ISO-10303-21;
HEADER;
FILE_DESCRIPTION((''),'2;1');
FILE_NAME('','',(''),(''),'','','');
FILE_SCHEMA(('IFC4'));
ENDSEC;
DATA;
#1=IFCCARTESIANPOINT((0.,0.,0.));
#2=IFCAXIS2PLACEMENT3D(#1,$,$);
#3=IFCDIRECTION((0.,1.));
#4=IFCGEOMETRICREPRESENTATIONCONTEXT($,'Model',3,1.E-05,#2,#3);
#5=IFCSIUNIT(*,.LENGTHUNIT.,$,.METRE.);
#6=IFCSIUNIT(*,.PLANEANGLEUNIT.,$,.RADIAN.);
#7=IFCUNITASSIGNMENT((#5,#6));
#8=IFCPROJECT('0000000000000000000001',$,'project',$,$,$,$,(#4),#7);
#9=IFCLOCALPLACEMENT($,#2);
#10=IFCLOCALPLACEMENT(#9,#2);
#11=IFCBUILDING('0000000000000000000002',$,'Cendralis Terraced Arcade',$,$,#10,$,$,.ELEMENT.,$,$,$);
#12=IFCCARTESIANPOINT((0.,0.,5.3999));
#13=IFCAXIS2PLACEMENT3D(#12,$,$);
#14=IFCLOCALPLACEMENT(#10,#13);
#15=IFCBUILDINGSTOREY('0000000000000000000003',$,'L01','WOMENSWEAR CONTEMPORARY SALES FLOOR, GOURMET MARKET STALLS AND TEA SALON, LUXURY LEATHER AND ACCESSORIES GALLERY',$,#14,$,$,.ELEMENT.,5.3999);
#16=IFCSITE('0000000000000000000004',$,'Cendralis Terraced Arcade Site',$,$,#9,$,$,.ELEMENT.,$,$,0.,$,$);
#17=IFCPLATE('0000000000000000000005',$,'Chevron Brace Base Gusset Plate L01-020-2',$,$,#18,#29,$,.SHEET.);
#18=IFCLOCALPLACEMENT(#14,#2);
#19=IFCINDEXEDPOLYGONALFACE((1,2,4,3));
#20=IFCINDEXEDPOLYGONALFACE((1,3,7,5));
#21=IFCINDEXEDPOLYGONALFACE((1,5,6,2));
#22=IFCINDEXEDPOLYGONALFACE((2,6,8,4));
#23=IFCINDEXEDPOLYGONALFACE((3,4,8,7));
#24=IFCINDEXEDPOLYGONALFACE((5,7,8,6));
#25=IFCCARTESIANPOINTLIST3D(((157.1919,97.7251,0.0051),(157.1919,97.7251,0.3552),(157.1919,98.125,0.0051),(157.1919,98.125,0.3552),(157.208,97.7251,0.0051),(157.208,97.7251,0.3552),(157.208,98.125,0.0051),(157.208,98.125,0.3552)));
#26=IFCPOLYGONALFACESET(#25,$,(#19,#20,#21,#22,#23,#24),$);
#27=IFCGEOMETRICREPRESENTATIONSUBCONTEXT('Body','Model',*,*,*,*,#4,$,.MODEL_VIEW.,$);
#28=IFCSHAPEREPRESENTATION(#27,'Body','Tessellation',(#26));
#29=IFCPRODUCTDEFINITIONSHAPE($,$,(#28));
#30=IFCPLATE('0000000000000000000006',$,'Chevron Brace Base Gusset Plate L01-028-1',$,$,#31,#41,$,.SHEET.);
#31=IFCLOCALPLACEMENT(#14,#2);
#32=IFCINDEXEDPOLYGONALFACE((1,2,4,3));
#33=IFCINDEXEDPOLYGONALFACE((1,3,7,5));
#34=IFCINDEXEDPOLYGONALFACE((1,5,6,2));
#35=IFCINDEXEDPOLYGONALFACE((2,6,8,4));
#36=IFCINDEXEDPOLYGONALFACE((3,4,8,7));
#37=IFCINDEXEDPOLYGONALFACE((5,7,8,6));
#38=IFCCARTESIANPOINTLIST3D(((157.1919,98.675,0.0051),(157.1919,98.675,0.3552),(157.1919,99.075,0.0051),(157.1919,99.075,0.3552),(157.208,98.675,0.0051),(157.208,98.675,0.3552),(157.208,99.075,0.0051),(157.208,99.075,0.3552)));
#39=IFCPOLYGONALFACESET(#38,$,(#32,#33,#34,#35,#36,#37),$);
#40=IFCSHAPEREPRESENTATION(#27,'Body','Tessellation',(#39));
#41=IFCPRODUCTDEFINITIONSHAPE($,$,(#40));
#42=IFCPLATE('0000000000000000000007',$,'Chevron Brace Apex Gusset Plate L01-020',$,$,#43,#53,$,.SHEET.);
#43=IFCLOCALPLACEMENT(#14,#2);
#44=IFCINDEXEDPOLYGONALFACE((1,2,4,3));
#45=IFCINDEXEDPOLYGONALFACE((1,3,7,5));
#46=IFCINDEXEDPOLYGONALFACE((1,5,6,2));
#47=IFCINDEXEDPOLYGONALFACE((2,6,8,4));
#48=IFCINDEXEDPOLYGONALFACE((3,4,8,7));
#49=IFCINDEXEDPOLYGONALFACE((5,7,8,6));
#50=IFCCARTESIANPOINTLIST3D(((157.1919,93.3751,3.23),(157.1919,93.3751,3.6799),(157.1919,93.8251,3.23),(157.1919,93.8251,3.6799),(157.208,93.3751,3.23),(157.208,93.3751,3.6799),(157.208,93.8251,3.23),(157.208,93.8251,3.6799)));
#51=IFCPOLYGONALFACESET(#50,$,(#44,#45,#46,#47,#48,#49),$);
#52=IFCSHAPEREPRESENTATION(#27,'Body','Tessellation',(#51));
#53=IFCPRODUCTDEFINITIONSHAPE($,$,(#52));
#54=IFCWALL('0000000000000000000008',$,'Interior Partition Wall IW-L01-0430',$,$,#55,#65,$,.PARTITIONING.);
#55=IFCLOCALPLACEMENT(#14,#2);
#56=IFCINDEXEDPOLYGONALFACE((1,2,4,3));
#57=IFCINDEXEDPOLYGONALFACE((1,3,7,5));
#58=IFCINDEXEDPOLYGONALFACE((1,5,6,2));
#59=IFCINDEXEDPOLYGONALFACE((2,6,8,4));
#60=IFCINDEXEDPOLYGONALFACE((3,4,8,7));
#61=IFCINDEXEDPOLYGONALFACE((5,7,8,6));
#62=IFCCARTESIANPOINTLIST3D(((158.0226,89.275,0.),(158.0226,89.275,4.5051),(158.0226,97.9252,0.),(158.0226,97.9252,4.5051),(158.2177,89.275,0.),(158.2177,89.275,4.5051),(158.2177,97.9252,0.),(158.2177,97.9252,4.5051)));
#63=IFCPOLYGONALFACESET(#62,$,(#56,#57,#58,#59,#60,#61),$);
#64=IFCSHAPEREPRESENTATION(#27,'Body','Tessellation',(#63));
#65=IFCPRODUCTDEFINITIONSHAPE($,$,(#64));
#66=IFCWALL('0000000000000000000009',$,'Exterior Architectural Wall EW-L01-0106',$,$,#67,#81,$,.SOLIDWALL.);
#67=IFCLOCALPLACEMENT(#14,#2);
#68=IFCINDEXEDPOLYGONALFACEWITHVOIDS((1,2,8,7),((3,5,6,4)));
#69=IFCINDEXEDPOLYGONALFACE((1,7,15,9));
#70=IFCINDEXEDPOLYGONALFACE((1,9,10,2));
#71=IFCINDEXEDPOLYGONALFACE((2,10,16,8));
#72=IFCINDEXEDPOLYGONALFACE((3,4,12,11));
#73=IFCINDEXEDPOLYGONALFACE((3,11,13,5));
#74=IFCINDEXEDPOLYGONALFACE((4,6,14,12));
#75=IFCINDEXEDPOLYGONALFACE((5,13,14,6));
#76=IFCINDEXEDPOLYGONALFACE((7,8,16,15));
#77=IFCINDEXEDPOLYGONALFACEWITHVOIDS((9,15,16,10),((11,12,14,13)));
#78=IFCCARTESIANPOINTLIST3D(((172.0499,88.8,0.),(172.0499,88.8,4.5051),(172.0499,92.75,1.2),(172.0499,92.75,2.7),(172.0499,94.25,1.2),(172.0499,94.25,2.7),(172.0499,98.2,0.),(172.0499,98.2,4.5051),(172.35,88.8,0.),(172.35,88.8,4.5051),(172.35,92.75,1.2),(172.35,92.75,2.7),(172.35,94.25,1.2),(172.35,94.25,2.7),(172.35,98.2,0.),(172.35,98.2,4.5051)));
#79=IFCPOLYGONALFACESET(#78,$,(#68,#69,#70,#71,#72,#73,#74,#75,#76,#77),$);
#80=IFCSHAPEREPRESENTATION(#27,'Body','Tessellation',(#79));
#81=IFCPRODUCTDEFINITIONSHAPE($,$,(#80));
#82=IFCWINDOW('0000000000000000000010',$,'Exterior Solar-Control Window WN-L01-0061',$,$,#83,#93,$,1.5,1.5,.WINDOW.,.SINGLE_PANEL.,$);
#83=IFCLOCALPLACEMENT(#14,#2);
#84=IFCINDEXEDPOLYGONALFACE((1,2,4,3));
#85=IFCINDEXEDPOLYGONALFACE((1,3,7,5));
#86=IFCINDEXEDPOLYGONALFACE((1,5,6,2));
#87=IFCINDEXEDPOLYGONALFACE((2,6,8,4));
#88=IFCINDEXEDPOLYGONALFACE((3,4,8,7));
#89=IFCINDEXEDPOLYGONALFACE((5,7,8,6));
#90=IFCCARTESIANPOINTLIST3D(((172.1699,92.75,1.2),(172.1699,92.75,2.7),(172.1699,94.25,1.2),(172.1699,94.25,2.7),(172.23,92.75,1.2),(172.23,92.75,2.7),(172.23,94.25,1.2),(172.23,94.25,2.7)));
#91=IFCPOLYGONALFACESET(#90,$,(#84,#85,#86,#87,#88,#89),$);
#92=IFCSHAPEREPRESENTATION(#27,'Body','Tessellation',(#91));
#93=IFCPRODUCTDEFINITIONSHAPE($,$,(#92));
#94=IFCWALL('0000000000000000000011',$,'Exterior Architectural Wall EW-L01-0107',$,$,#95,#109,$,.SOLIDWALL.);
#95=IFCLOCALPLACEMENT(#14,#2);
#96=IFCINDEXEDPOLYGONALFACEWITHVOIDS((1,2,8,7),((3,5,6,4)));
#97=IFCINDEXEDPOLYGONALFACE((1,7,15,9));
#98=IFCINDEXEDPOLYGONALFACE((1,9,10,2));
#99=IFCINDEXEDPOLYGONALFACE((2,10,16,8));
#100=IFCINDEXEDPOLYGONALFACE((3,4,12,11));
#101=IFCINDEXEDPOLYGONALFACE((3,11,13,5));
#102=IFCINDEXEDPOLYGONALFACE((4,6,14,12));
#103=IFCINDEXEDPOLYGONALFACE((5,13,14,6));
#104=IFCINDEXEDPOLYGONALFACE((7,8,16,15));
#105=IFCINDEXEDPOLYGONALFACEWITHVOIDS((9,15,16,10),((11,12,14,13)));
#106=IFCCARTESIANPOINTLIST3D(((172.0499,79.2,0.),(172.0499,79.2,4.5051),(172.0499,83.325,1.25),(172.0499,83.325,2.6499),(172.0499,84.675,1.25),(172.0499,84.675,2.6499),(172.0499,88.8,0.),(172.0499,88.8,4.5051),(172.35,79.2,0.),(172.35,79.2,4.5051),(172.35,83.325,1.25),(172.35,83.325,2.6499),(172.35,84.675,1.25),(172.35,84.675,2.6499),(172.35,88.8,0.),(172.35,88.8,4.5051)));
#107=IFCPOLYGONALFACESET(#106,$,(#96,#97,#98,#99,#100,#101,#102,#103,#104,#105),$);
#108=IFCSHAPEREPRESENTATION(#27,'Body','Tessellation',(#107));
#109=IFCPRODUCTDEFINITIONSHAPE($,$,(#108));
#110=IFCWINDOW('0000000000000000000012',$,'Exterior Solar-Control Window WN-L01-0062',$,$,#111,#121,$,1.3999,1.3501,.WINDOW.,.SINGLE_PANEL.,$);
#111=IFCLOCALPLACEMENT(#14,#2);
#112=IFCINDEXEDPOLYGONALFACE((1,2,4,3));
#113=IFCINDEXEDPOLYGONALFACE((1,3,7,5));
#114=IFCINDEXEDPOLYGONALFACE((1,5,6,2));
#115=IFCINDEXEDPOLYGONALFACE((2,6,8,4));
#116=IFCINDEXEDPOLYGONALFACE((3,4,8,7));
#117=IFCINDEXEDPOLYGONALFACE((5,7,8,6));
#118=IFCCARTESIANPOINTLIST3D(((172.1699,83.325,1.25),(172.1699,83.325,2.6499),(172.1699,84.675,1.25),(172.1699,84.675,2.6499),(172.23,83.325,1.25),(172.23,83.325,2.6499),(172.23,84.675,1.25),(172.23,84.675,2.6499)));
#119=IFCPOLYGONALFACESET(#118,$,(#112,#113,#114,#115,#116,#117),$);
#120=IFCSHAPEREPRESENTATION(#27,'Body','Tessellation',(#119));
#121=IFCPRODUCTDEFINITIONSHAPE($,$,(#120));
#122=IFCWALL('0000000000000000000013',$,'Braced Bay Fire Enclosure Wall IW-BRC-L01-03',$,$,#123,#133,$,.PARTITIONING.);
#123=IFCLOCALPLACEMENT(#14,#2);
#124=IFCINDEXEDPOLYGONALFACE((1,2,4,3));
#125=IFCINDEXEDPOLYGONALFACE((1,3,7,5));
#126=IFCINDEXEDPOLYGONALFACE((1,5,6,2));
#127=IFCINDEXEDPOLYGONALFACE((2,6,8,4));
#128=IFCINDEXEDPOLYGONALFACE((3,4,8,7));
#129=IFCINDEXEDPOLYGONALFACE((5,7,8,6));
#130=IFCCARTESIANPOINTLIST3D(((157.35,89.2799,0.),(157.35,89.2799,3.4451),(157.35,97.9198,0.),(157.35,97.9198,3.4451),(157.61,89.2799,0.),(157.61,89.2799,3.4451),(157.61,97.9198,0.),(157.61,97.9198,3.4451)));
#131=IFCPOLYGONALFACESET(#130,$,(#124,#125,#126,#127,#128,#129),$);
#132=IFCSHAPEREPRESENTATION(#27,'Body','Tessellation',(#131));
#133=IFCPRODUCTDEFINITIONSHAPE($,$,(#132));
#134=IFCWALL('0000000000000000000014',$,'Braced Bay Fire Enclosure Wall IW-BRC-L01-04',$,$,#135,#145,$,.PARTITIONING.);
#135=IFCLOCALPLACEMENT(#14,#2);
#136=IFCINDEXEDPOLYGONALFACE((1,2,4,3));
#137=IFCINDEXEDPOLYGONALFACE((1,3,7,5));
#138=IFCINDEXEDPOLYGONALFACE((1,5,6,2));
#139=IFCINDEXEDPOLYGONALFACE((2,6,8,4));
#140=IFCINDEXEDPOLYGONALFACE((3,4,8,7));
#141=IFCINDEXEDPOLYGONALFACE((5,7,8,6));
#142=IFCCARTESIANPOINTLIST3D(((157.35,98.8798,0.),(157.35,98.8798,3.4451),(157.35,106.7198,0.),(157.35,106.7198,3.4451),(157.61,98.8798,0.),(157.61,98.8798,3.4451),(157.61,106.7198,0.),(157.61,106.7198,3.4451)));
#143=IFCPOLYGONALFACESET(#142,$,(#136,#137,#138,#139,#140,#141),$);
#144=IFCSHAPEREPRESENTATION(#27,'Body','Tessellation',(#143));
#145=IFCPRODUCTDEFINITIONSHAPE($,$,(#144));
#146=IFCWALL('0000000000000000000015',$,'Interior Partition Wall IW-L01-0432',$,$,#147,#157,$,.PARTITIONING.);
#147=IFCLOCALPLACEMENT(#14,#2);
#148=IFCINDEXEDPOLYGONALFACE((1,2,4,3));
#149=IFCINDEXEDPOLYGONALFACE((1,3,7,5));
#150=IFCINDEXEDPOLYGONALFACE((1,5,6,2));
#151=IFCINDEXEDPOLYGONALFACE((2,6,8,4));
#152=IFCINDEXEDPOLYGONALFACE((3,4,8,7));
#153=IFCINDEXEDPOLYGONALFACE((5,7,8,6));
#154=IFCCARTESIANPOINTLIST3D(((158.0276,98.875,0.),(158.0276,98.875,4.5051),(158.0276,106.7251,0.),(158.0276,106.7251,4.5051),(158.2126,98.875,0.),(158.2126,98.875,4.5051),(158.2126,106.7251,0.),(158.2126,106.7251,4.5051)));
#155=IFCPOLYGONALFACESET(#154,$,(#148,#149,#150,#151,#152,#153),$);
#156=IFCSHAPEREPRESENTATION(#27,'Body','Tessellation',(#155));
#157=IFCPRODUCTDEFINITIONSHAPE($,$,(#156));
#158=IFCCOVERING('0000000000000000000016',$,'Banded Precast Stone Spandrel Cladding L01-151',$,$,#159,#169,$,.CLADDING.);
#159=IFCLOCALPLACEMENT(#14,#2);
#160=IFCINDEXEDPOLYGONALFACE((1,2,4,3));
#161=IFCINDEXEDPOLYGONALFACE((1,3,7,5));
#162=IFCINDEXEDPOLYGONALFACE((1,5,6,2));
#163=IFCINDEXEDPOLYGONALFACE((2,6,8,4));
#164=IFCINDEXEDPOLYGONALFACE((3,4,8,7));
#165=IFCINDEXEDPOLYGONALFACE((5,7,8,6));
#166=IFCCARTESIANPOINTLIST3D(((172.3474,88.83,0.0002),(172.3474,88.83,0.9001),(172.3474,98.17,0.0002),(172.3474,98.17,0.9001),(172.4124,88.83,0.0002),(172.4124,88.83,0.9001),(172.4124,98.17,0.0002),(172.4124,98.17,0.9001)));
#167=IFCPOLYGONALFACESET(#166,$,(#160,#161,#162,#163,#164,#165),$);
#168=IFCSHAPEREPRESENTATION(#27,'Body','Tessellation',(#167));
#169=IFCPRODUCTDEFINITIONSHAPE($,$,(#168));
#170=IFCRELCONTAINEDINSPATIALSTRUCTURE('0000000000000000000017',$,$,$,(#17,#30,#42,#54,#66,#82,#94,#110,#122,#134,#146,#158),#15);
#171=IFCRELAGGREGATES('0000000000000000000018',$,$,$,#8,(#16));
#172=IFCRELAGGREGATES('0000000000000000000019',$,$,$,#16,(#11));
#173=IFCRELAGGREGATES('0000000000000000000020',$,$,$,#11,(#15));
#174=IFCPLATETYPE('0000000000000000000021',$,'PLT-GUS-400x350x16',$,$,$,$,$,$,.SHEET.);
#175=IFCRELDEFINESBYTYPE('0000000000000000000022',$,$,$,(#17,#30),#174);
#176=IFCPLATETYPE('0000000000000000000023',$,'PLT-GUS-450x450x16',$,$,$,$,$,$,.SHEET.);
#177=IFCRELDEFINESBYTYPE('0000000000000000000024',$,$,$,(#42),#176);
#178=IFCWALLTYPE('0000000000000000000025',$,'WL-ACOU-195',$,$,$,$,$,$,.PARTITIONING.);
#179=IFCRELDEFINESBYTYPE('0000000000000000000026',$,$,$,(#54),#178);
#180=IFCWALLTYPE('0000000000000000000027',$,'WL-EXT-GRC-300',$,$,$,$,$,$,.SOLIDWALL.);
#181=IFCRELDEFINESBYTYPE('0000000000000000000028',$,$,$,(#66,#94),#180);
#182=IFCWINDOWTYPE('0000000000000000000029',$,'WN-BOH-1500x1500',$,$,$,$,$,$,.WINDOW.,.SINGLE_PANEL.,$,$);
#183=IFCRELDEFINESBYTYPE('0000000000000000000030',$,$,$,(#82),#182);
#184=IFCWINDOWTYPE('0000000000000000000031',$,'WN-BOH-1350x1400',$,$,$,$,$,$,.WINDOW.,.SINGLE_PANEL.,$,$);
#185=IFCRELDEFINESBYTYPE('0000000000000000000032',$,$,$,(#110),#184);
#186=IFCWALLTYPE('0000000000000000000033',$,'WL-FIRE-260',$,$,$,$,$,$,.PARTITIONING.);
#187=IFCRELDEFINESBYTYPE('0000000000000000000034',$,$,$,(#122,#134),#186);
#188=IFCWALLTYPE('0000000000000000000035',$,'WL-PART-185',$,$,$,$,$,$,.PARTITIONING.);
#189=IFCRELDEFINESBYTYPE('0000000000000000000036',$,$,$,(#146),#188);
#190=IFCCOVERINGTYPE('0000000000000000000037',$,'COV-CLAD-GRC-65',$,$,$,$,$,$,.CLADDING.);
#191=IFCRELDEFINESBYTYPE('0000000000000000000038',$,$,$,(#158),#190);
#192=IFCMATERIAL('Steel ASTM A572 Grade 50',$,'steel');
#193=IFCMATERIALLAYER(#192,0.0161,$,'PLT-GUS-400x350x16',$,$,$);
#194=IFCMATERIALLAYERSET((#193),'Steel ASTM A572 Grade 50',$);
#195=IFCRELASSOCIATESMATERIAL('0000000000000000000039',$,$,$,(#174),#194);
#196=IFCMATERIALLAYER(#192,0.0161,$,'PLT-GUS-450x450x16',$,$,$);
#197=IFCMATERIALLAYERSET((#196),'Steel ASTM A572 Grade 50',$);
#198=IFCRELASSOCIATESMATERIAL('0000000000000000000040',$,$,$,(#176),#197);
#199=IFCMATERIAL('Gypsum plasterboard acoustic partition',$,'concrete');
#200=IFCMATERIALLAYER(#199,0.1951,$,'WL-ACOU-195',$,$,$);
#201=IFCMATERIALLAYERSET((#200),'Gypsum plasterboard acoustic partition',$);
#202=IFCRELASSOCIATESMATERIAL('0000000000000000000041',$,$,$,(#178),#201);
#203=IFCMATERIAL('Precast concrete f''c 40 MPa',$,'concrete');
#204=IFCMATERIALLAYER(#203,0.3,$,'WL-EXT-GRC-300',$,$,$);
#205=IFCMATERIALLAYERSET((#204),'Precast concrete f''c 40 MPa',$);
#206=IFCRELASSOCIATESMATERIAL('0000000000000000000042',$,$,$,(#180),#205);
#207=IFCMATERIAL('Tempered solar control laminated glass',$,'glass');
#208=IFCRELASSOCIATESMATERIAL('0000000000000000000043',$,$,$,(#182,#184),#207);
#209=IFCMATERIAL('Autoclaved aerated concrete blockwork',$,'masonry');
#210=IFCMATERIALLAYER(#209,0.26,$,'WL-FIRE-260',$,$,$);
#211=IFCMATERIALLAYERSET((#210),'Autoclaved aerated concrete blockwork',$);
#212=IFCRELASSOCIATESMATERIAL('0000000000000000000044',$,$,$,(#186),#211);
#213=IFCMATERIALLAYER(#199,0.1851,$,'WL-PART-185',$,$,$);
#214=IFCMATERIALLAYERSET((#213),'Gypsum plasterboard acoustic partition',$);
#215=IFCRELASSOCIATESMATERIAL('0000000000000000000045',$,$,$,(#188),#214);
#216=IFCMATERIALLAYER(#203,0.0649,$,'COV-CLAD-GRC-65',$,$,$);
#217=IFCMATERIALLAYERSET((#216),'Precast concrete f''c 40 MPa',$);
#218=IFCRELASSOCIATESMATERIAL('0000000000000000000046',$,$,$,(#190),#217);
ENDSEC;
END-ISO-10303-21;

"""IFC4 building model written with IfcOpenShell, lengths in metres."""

from ifc_helpers import new_model, si_unit, direction, frame, frame_2d, origin, origin_2d, place, context, subcontext, project, spatial, rectangle, extrude, material, layer, layer_set, type_object, element, fill, save


model = new_model("IFC4")

# Units and contexts
model_context = context("Model", 3, precision=1e-05, world=origin(), true_north=direction((0.0, 1.0)))
body_context = subcontext(model_context, "Body", "Model", "MODEL_VIEW")
ifc_project = project(units=[si_unit("LENGTHUNIT", "METRE"), si_unit("PLANEANGLEUNIT", "RADIAN")], contexts=[model_context])

# Site, building, storey
site_placement = place(None, origin())
site = spatial("IfcSite", under=ifc_project, at=site_placement, Name="Cendralis Terraced Arcade Site", CompositionType="ELEMENT", RefElevation=0.0)
building_placement = place(site_placement, origin())
building = spatial("IfcBuilding", under=site, at=building_placement, Name="Cendralis Terraced Arcade", CompositionType="ELEMENT")
storey_placement = place(building_placement, frame((0.0, 0.0, 5.3999)))
storey = spatial("IfcBuildingStorey", under=building, at=storey_placement, Name="L01", Description="WOMENSWEAR CONTEMPORARY SALES FLOOR, GOURMET MARKET STALLS AND TEA SALON, LUXURY LEATHER AND ACCESSORIES GALLERY", CompositionType="ELEMENT", Elevation=5.3999)

# Shared definitions
ifc_material_1 = material(Name="Steel ASTM A572 Grade 50", Category="steel")

# Shared definitions
ifc_material_2 = material(Name="Tempered solar control laminated glass", Category="glass")

# Plates
ifc_layer_1 = layer(ifc_material_1, 0.0161, Name="PLT-GUS-400x350x16")
ifc_layer_set_1 = layer_set([ifc_layer_1], Name="Steel ASTM A572 Grade 50")
plate_type_1 = type_object("IfcPlateType", Name="PLT-GUS-400x350x16", PredefinedType="SHEET", material=ifc_layer_set_1)
for number, where, z_axis, x_axis, name in (
    (1, (157.2, 97.925, 0.0051), (0.0, 0.0, 1.0), (0.0, 1.0, 0.0), "Chevron Brace Base Gusset Plate L01-020-2"),
    (2, (157.2, 98.875, 0.0051), (0.0, 0.0, 1.0), (0.0, 1.0, 0.0), "Chevron Brace Base Gusset Plate L01-028-1"),
):
    element("IfcPlate", number, at=place(storey_placement, frame(where, z_axis=z_axis, x_axis=x_axis)), inside=storey, type_object=plate_type_1, Name=name, PredefinedType="SHEET", context=body_context, shape_type="SweptSolid", body=[
        extrude(rectangle(XDim=0.3999, YDim=0.0161, at=origin_2d()), origin(), (0.0, 0.0, 1.0), 0.3501),
    ])
ifc_layer_2 = layer(ifc_material_1, 0.0161, Name="PLT-GUS-450x450x16")
ifc_layer_set_2 = layer_set([ifc_layer_2], Name="Steel ASTM A572 Grade 50")
plate_type_2 = type_object("IfcPlateType", Name="PLT-GUS-450x450x16", PredefinedType="SHEET", material=ifc_layer_set_2)
plate_1_placement = place(storey_placement, frame((157.2, 93.6001, 3.23), z_axis=(0.0, 0.0, 1.0), x_axis=(0.0, 1.0, 0.0)))
element("IfcPlate", 3, at=plate_1_placement, inside=storey, type_object=plate_type_2, Name="Chevron Brace Apex Gusset Plate L01-020", PredefinedType="SHEET", context=body_context, shape_type="SweptSolid", body=[
    extrude(rectangle(XDim=0.45, YDim=0.0161, at=origin_2d()), origin(), (0.0, 0.0, 1.0), 0.45),
])

# Wall
ifc_material_3 = material(Name="Gypsum plasterboard acoustic partition", Category="concrete")
ifc_layer_3 = layer(ifc_material_3, 0.1951, Name="WL-ACOU-195")
ifc_layer_set_3 = layer_set([ifc_layer_3], Name="Gypsum plasterboard acoustic partition")
wall_type_1 = type_object("IfcWallType", Name="WL-ACOU-195", PredefinedType="PARTITIONING", material=ifc_layer_set_3)
wall_1_placement = place(storey_placement, frame((158.1201, 89.2749, 0.0), z_axis=(0.0, 0.0, 1.0), x_axis=(0.0, 1.0, 0.0)))
element("IfcWall", 4, at=wall_1_placement, inside=storey, type_object=wall_type_1, Name="Interior Partition Wall IW-L01-0430", PredefinedType="PARTITIONING", context=body_context, shape_type="SweptSolid", body=[
    extrude(rectangle(XDim=8.6501, YDim=0.1951, at=frame_2d((4.3252, 0.0))), origin(), (0.0, 0.0, 1.0), 4.5051),
])

# Walls, openings, windows
ifc_material_4 = material(Name="Precast concrete f'c 40 MPa", Category="concrete")
ifc_layer_4 = layer(ifc_material_4, 0.3, Name="WL-EXT-GRC-300")
ifc_layer_set_4 = layer_set([ifc_layer_4], Name="Precast concrete f'c 40 MPa")
wall_type_2 = type_object("IfcWallType", Name="WL-EXT-GRC-300", PredefinedType="SOLIDWALL", material=ifc_layer_set_4)
wall_2_placement = place(storey_placement, frame((172.2, 98.2, 0.0), z_axis=(0.0, 0.0, 1.0), x_axis=(0.0, -1.0, 0.0)))
wall_2 = element("IfcWall", 5, at=wall_2_placement, inside=storey, type_object=wall_type_2, Name="Exterior Architectural Wall EW-L01-0106", PredefinedType="SOLIDWALL", context=body_context, shape_type="SweptSolid", body=[
    extrude(rectangle(XDim=9.3999, YDim=0.3, at=frame_2d((4.7, 0.0))), origin(), (0.0, 0.0, 1.0), 4.5051),
])
opening_1_placement = place(wall_2_placement, frame((3.95, 0.0, 1.2)))
opening_1 = element("IfcOpeningElement", 6, at=opening_1_placement, cuts=wall_2, PredefinedType="OPENING", context=body_context, shape_type="SweptSolid", body=[
    extrude(rectangle(XDim=1.5, YDim=1.5, at=frame_2d((0.75, 0.75))), frame((0.0, 0.1621, 0.0), z_axis=(0.0, -1.0, 0.0), x_axis=(1.0, 0.0, 0.0)), (0.0, 0.0, 1.0), 0.324),
])
window_type_1 = type_object("IfcWindowType", Name="WN-BOH-1500x1500", PartitioningType="SINGLE_PANEL", PredefinedType="WINDOW", material=ifc_material_2)
window_1_placement = place(opening_1_placement, origin())
window_1 = element("IfcWindow", 7, at=window_1_placement, inside=storey, type_object=window_type_1, Name="Exterior Solar-Control Window WN-L01-0061", OverallHeight=1.5, OverallWidth=1.5, PartitioningType="SINGLE_PANEL", PredefinedType="WINDOW", context=body_context, shape_type="SweptSolid", body=[
    extrude(rectangle(XDim=1.5, YDim=1.5, at=frame_2d((0.75, 0.75))), frame((0.0, 0.03, 0.0), z_axis=(0.0, -1.0, 0.0), x_axis=(1.0, 0.0, 0.0)), (0.0, 0.0, 1.0), 0.0601),
])
fill(opening_1, window_1)
wall_3_placement = place(storey_placement, frame((172.2, 88.8, 0.0), z_axis=(0.0, 0.0, 1.0), x_axis=(0.0, -1.0, 0.0)))
wall_3 = element("IfcWall", 8, at=wall_3_placement, inside=storey, type_object=wall_type_2, Name="Exterior Architectural Wall EW-L01-0107", PredefinedType="SOLIDWALL", context=body_context, shape_type="SweptSolid", body=[
    extrude(rectangle(XDim=9.6001, YDim=0.3, at=frame_2d((4.8, 0.0))), origin(), (0.0, 0.0, 1.0), 4.5051),
])
opening_2_placement = place(wall_3_placement, frame((4.125, 0.0, 1.25)))
opening_2 = element("IfcOpeningElement", 9, at=opening_2_placement, cuts=wall_3, PredefinedType="OPENING", context=body_context, shape_type="SweptSolid", body=[
    extrude(rectangle(XDim=1.3501, YDim=1.3999, at=frame_2d((0.675, 0.7))), frame((0.0, 0.1621, 0.0), z_axis=(0.0, -1.0, 0.0), x_axis=(1.0, 0.0, 0.0)), (0.0, 0.0, 1.0), 0.324),
])
window_type_2 = type_object("IfcWindowType", Name="WN-BOH-1350x1400", PartitioningType="SINGLE_PANEL", PredefinedType="WINDOW", material=ifc_material_2)
window_2_placement = place(opening_2_placement, origin())
window_2 = element("IfcWindow", 10, at=window_2_placement, inside=storey, type_object=window_type_2, Name="Exterior Solar-Control Window WN-L01-0062", OverallHeight=1.3999, OverallWidth=1.3501, PartitioningType="SINGLE_PANEL", PredefinedType="WINDOW", context=body_context, shape_type="SweptSolid", body=[
    extrude(rectangle(XDim=1.3501, YDim=1.3999, at=frame_2d((0.675, 0.7))), frame((0.0, 0.03, 0.0), z_axis=(0.0, -1.0, 0.0), x_axis=(1.0, 0.0, 0.0)), (0.0, 0.0, 1.0), 0.0601),
])
fill(opening_2, window_2)

# Walls
ifc_material_5 = material(Name="Autoclaved aerated concrete blockwork", Category="masonry")
ifc_layer_5 = layer(ifc_material_5, 0.26, Name="WL-FIRE-260")
ifc_layer_set_5 = layer_set([ifc_layer_5], Name="Autoclaved aerated concrete blockwork")
wall_type_3 = type_object("IfcWallType", Name="WL-FIRE-260", PredefinedType="PARTITIONING", material=ifc_layer_set_5)
wall_4_placement = place(storey_placement, frame((157.48, 89.28, 0.0), z_axis=(0.0, 0.0, 1.0), x_axis=(0.0, 1.0, 0.0)))
element("IfcWall", 11, at=wall_4_placement, inside=storey, type_object=wall_type_3, Name="Braced Bay Fire Enclosure Wall IW-BRC-L01-03", PredefinedType="PARTITIONING", context=body_context, shape_type="SweptSolid", body=[
    extrude(rectangle(XDim=8.6399, YDim=0.26, at=frame_2d((4.3198, 0.0))), origin(), (0.0, 0.0, 1.0), 3.4451),
])
wall_5_placement = place(storey_placement, frame((157.48, 98.8799, 0.0), z_axis=(0.0, 0.0, 1.0), x_axis=(0.0, 1.0, 0.0)))
element("IfcWall", 12, at=wall_5_placement, inside=storey, type_object=wall_type_3, Name="Braced Bay Fire Enclosure Wall IW-BRC-L01-04", PredefinedType="PARTITIONING", context=body_context, shape_type="SweptSolid", body=[
    extrude(rectangle(XDim=7.8401, YDim=0.26, at=frame_2d((3.9199, 0.0))), origin(), (0.0, 0.0, 1.0), 3.4451),
])
ifc_layer_6 = layer(ifc_material_3, 0.1851, Name="WL-PART-185")
ifc_layer_set_6 = layer_set([ifc_layer_6], Name="Gypsum plasterboard acoustic partition")
wall_type_4 = type_object("IfcWallType", Name="WL-PART-185", PredefinedType="PARTITIONING", material=ifc_layer_set_6)
wall_6_placement = place(storey_placement, frame((158.1201, 98.875, 0.0), z_axis=(0.0, 0.0, 1.0), x_axis=(0.0, 1.0, 0.0)))
element("IfcWall", 13, at=wall_6_placement, inside=storey, type_object=wall_type_4, Name="Interior Partition Wall IW-L01-0432", PredefinedType="PARTITIONING", context=body_context, shape_type="SweptSolid", body=[
    extrude(rectangle(XDim=7.8501, YDim=0.1851, at=frame_2d((3.925, 0.0))), origin(), (0.0, 0.0, 1.0), 4.5051),
])

# Covering
ifc_layer_7 = layer(ifc_material_4, 0.0649, Name="COV-CLAD-GRC-65")
ifc_layer_set_7 = layer_set([ifc_layer_7], Name="Precast concrete f'c 40 MPa")
covering_type = type_object("IfcCoveringType", Name="COV-CLAD-GRC-65", PredefinedType="CLADDING", material=ifc_layer_set_7)
covering_1_placement = place(storey_placement, frame((172.3799, 93.5, 0.0002), z_axis=(0.0, 0.0, 1.0), x_axis=(0.0, -1.0, 0.0)))
element("IfcCovering", 14, at=covering_1_placement, inside=storey, type_object=covering_type, Name="Banded Precast Stone Spandrel Cladding L01-151", PredefinedType="CLADDING", context=body_context, shape_type="SweptSolid", body=[
    extrude(rectangle(XDim=9.3401, YDim=0.0649, at=origin_2d()), origin(), (0.0, 0.0, 1.0), 0.8999),
])

save(model, "model.ifc")
